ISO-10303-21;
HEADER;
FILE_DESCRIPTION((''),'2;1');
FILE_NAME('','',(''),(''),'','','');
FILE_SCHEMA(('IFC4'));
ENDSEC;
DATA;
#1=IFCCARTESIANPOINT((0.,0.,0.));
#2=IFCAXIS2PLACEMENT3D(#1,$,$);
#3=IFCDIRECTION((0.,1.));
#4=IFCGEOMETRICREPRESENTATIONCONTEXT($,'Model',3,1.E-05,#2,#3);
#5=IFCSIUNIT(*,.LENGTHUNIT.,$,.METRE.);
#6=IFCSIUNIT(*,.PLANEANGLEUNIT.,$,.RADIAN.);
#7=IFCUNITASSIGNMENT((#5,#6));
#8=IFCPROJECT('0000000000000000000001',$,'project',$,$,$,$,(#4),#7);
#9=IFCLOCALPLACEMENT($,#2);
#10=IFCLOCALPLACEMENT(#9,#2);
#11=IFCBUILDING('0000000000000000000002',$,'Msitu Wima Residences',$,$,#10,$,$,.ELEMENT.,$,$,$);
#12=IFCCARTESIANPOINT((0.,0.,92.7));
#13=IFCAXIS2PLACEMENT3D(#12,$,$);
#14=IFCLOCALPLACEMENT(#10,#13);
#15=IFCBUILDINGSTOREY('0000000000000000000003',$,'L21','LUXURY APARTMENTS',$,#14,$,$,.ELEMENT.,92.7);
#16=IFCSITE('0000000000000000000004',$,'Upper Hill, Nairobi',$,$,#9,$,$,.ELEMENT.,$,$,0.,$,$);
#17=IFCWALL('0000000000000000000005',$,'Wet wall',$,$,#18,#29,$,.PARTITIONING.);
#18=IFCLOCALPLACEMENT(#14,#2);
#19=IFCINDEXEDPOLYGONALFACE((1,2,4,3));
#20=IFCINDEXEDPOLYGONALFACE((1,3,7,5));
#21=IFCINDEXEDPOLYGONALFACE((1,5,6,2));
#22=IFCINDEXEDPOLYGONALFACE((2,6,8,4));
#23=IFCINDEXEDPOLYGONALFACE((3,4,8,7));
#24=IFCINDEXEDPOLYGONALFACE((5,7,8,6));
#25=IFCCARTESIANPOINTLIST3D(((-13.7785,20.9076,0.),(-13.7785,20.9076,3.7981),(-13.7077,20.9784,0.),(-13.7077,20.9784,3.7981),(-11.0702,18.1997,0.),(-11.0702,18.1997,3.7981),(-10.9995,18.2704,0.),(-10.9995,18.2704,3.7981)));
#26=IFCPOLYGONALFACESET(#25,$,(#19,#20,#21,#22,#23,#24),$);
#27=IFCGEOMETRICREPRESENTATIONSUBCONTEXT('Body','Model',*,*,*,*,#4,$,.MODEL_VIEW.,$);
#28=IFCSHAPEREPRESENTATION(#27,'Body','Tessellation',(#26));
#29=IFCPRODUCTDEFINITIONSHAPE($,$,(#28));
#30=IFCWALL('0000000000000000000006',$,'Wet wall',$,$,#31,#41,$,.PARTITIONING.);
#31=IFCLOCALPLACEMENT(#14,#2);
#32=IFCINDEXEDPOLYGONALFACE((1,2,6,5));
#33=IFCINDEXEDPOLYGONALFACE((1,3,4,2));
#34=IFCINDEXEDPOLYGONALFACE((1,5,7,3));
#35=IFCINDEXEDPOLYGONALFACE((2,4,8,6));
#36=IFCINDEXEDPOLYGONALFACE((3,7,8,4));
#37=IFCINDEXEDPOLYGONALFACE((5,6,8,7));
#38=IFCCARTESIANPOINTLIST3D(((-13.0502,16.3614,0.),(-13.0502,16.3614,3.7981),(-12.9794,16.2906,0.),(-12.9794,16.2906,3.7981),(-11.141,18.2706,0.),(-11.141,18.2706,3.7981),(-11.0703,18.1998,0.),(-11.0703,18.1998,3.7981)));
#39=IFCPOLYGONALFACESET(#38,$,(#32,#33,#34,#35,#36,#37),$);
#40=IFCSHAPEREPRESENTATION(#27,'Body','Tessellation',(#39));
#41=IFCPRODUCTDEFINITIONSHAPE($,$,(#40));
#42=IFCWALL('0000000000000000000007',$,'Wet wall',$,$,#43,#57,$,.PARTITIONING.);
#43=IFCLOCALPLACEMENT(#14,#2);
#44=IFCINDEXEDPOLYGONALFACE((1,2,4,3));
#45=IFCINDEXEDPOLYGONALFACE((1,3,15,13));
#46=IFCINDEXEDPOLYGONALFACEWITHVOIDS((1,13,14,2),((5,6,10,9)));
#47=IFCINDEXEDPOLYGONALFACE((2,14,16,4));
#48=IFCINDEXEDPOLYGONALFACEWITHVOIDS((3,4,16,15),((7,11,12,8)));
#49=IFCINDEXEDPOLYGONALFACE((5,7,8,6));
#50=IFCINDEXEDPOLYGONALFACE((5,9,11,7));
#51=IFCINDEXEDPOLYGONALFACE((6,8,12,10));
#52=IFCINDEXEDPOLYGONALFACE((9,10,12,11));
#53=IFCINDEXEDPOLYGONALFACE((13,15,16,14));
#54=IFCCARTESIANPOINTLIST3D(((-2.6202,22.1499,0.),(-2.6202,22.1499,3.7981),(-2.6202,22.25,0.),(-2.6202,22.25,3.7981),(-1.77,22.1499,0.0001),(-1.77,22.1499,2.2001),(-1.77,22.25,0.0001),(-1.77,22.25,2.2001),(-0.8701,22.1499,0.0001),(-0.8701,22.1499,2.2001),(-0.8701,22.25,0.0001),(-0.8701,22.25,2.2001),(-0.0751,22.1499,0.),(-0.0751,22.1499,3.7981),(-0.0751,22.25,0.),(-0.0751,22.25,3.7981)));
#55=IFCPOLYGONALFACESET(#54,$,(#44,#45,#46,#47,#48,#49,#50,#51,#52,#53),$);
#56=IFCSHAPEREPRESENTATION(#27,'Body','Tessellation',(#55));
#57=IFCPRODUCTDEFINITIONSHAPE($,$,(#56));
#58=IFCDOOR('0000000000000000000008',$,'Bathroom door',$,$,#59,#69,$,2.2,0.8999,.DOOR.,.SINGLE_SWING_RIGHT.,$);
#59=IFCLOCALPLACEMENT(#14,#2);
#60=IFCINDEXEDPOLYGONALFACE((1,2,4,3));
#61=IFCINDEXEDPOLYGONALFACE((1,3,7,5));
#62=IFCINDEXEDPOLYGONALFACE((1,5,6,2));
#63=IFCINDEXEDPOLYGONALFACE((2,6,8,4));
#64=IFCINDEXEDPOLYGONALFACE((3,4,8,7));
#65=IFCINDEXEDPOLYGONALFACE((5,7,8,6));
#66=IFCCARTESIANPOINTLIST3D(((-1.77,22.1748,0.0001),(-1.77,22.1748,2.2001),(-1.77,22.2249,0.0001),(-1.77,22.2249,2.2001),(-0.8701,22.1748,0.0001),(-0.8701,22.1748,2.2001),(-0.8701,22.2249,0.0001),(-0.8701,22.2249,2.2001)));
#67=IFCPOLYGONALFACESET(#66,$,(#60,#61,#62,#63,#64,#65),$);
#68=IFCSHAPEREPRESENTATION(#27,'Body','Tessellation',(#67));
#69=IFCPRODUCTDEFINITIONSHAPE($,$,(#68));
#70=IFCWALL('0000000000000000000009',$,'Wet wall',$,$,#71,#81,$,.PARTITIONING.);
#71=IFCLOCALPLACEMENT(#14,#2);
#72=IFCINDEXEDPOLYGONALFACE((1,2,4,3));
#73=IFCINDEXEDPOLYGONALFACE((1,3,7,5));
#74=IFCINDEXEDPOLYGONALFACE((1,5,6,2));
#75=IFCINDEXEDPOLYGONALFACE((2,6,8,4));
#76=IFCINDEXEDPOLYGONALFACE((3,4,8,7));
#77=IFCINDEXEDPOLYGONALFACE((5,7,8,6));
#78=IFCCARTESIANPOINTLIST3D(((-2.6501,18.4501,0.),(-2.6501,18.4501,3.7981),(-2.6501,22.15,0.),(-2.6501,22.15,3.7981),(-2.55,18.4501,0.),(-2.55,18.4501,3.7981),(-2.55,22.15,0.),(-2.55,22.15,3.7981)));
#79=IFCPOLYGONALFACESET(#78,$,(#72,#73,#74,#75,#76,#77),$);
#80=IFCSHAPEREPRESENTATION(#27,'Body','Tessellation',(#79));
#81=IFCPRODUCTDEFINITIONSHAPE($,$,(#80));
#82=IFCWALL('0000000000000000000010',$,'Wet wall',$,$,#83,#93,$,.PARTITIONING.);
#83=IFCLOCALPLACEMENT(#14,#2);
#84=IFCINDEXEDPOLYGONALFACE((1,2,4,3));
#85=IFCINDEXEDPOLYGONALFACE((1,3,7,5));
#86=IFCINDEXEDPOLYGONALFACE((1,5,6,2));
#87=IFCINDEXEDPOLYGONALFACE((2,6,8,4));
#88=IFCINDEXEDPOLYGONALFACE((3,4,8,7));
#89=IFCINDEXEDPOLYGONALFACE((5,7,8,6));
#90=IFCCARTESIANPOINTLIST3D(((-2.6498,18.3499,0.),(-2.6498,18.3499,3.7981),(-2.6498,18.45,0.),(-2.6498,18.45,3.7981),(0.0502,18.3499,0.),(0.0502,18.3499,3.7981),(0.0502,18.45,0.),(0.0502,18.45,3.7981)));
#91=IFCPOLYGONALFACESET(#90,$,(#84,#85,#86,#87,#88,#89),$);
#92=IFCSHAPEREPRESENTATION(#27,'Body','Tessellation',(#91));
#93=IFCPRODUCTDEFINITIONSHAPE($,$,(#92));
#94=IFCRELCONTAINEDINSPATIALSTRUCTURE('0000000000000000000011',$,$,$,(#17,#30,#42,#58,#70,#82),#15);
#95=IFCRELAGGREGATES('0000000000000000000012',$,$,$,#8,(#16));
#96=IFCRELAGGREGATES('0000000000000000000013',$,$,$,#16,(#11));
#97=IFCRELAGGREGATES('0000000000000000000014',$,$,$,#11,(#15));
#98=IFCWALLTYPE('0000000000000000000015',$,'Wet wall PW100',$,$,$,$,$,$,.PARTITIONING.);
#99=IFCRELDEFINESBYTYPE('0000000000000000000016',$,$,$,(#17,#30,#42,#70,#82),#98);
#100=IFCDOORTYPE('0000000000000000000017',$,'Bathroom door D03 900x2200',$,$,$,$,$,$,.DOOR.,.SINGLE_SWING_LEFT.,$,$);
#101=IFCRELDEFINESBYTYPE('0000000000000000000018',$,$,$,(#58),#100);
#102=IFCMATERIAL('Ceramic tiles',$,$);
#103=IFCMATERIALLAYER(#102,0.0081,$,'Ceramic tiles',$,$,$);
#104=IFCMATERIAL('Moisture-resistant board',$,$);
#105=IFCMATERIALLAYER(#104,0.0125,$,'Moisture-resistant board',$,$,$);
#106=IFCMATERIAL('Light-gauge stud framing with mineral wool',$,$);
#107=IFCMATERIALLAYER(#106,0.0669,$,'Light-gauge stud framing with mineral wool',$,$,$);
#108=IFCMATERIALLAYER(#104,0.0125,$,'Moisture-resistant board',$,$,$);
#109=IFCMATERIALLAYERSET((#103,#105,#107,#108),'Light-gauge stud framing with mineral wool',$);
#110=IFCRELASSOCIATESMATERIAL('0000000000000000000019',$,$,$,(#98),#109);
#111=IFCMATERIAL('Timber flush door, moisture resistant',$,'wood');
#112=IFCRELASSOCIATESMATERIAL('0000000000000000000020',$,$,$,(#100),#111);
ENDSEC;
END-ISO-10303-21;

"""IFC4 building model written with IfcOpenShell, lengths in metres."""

from ifc_helpers import new_model, si_unit, direction, frame, frame_2d, origin, place, context, subcontext, project, spatial, rectangle, extrude, material, layer, layer_set, type_object, element, fill, save


model = new_model("IFC4")

# Units and contexts
model_context = context("Model", 3, precision=1e-05, world=origin(), true_north=direction((0.0, 1.0)))
body_context = subcontext(model_context, "Body", "Model", "MODEL_VIEW")
ifc_project = project(units=[si_unit("LENGTHUNIT", "METRE"), si_unit("PLANEANGLEUNIT", "RADIAN")], contexts=[model_context])

# Site, building, storey
site_placement = place(None, origin())
site = spatial("IfcSite", under=ifc_project, at=site_placement, Name="Upper Hill, Nairobi", CompositionType="ELEMENT", RefElevation=0.0)
building_placement = place(site_placement, origin())
building = spatial("IfcBuilding", under=site, at=building_placement, Name="Msitu Wima Residences", CompositionType="ELEMENT")
storey_placement = place(building_placement, frame((0.0, 0.0, 92.7)))
storey = spatial("IfcBuildingStorey", under=building, at=storey_placement, Name="L21", Description="LUXURY APARTMENTS", CompositionType="ELEMENT", Elevation=92.7)

# Walls
ifc_material_1 = material(Name="Ceramic tiles")
ifc_layer_1 = layer(ifc_material_1, 0.0081, Name="Ceramic tiles")
ifc_material_2 = material(Name="Moisture-resistant board")
ifc_layer_2 = layer(ifc_material_2, 0.0125, Name="Moisture-resistant board")
ifc_material_3 = material(Name="Light-gauge stud framing with mineral wool")
ifc_layer_3 = layer(ifc_material_3, 0.0669, Name="Light-gauge stud framing with mineral wool")
ifc_layer_4 = layer(ifc_material_2, 0.0125, Name="Moisture-resistant board")
ifc_layer_set_1 = layer_set([ifc_layer_1, ifc_layer_2, ifc_layer_3, ifc_layer_4], Name="Light-gauge stud framing with mineral wool")
wall_type_1 = type_object("IfcWallType", Name="Wet wall PW100", PredefinedType="PARTITIONING", material=ifc_layer_set_1)
wall_1_placement = place(storey_placement, frame((-13.7432, 20.9431, 0.0), z_axis=(0.0, 0.0, 1.0), x_axis=(0.707139, -0.707075, 0.0)))
element("IfcWall", 1, at=wall_1_placement, inside=storey, type_object=wall_type_1, Name="Wet wall", PredefinedType="PARTITIONING", context=body_context, shape_type="SweptSolid", body=[
    extrude(rectangle(XDim=3.8298, YDim=0.1001, at=frame_2d((1.915, 0.0))), origin(), (0.0, 0.0, 1.0), 3.7981),
])
wall_2_placement = place(storey_placement, frame((-13.0149, 16.3259, 0.0), z_axis=(0.0, 0.0, 1.0), x_axis=(0.707107, 0.707107, 0.0)))
element("IfcWall", 2, at=wall_2_placement, inside=storey, type_object=wall_type_1, Name="Wet wall", PredefinedType="PARTITIONING", context=body_context, shape_type="SweptSolid", body=[
    extrude(rectangle(XDim=2.7, YDim=0.1001, at=frame_2d((1.3501, 0.0))), origin(), (0.0, 0.0, 1.0), 3.7981),
])

# Wall, opening, door
wall_3_placement = place(storey_placement, frame((-2.6201, 22.2, 0.0), z_axis=(0.0, 0.0, 1.0), x_axis=(1.0, 0.0, 0.0)))
wall_3 = element("IfcWall", 3, at=wall_3_placement, inside=storey, type_object=wall_type_1, Name="Wet wall", PredefinedType="PARTITIONING", context=body_context, shape_type="SweptSolid", body=[
    extrude(rectangle(XDim=2.5452, YDim=0.1001, at=frame_2d((1.2725, 0.0))), origin(), (0.0, 0.0, 1.0), 3.7981),
])
opening_1_placement = place(wall_3_placement, frame((0.8501, 0.0, 0.0)))
opening_1 = element("IfcOpeningElement", 4, at=opening_1_placement, cuts=wall_3, PredefinedType="OPENING", context=body_context, shape_type="SweptSolid", body=[
    extrude(rectangle(XDim=0.8999, YDim=2.2, at=frame_2d((0.45, 1.1001))), frame((0.0, 0.0601, 0.0), z_axis=(0.0, -1.0, 0.0), x_axis=(1.0, 0.0, 0.0)), (0.0, 0.0, 1.0), 0.1201),
])
ifc_material_4 = material(Name="Timber flush door, moisture resistant", Category="wood")
door_type_1 = type_object("IfcDoorType", Name="Bathroom door D03 900x2200", OperationType="SINGLE_SWING_LEFT", PredefinedType="DOOR", material=ifc_material_4)
door_1_placement = place(opening_1_placement, origin())
door_1 = element("IfcDoor", 5, at=door_1_placement, inside=storey, type_object=door_type_1, Name="Bathroom door", OperationType="SINGLE_SWING_RIGHT", OverallHeight=2.2, OverallWidth=0.8999, PredefinedType="DOOR", context=body_context, shape_type="SweptSolid", body=[
    extrude(rectangle(XDim=0.8999, YDim=2.2, at=frame_2d((0.45, 1.1001))), frame((0.0, 0.0249, 0.0), z_axis=(0.0, -1.0, 0.0), x_axis=(1.0, 0.0, 0.0)), (0.0, 0.0, 1.0), 0.05),
])
fill(opening_1, door_1)

# Walls
wall_4_placement = place(storey_placement, frame((-2.6001, 18.45, 0.0), z_axis=(0.0, 0.0, 1.0), x_axis=(0.0, 1.0, 0.0)))
element("IfcWall", 6, at=wall_4_placement, inside=storey, type_object=wall_type_1, Name="Wet wall", PredefinedType="PARTITIONING", context=body_context, shape_type="SweptSolid", body=[
    extrude(rectangle(XDim=3.7, YDim=0.1001, at=frame_2d((1.8501, 0.0))), origin(), (0.0, 0.0, 1.0), 3.7981),
])
wall_5_placement = place(storey_placement, frame((-2.6499, 18.3999, 0.0), z_axis=(0.0, 0.0, 1.0), x_axis=(1.0, 0.0, 0.0)))
element("IfcWall", 7, at=wall_5_placement, inside=storey, type_object=wall_type_1, Name="Wet wall", PredefinedType="PARTITIONING", context=body_context, shape_type="SweptSolid", body=[
    extrude(rectangle(XDim=2.7, YDim=0.1001, at=frame_2d((1.3501, 0.0))), origin(), (0.0, 0.0, 1.0), 3.7981),
])

save(model, "model.ifc")
